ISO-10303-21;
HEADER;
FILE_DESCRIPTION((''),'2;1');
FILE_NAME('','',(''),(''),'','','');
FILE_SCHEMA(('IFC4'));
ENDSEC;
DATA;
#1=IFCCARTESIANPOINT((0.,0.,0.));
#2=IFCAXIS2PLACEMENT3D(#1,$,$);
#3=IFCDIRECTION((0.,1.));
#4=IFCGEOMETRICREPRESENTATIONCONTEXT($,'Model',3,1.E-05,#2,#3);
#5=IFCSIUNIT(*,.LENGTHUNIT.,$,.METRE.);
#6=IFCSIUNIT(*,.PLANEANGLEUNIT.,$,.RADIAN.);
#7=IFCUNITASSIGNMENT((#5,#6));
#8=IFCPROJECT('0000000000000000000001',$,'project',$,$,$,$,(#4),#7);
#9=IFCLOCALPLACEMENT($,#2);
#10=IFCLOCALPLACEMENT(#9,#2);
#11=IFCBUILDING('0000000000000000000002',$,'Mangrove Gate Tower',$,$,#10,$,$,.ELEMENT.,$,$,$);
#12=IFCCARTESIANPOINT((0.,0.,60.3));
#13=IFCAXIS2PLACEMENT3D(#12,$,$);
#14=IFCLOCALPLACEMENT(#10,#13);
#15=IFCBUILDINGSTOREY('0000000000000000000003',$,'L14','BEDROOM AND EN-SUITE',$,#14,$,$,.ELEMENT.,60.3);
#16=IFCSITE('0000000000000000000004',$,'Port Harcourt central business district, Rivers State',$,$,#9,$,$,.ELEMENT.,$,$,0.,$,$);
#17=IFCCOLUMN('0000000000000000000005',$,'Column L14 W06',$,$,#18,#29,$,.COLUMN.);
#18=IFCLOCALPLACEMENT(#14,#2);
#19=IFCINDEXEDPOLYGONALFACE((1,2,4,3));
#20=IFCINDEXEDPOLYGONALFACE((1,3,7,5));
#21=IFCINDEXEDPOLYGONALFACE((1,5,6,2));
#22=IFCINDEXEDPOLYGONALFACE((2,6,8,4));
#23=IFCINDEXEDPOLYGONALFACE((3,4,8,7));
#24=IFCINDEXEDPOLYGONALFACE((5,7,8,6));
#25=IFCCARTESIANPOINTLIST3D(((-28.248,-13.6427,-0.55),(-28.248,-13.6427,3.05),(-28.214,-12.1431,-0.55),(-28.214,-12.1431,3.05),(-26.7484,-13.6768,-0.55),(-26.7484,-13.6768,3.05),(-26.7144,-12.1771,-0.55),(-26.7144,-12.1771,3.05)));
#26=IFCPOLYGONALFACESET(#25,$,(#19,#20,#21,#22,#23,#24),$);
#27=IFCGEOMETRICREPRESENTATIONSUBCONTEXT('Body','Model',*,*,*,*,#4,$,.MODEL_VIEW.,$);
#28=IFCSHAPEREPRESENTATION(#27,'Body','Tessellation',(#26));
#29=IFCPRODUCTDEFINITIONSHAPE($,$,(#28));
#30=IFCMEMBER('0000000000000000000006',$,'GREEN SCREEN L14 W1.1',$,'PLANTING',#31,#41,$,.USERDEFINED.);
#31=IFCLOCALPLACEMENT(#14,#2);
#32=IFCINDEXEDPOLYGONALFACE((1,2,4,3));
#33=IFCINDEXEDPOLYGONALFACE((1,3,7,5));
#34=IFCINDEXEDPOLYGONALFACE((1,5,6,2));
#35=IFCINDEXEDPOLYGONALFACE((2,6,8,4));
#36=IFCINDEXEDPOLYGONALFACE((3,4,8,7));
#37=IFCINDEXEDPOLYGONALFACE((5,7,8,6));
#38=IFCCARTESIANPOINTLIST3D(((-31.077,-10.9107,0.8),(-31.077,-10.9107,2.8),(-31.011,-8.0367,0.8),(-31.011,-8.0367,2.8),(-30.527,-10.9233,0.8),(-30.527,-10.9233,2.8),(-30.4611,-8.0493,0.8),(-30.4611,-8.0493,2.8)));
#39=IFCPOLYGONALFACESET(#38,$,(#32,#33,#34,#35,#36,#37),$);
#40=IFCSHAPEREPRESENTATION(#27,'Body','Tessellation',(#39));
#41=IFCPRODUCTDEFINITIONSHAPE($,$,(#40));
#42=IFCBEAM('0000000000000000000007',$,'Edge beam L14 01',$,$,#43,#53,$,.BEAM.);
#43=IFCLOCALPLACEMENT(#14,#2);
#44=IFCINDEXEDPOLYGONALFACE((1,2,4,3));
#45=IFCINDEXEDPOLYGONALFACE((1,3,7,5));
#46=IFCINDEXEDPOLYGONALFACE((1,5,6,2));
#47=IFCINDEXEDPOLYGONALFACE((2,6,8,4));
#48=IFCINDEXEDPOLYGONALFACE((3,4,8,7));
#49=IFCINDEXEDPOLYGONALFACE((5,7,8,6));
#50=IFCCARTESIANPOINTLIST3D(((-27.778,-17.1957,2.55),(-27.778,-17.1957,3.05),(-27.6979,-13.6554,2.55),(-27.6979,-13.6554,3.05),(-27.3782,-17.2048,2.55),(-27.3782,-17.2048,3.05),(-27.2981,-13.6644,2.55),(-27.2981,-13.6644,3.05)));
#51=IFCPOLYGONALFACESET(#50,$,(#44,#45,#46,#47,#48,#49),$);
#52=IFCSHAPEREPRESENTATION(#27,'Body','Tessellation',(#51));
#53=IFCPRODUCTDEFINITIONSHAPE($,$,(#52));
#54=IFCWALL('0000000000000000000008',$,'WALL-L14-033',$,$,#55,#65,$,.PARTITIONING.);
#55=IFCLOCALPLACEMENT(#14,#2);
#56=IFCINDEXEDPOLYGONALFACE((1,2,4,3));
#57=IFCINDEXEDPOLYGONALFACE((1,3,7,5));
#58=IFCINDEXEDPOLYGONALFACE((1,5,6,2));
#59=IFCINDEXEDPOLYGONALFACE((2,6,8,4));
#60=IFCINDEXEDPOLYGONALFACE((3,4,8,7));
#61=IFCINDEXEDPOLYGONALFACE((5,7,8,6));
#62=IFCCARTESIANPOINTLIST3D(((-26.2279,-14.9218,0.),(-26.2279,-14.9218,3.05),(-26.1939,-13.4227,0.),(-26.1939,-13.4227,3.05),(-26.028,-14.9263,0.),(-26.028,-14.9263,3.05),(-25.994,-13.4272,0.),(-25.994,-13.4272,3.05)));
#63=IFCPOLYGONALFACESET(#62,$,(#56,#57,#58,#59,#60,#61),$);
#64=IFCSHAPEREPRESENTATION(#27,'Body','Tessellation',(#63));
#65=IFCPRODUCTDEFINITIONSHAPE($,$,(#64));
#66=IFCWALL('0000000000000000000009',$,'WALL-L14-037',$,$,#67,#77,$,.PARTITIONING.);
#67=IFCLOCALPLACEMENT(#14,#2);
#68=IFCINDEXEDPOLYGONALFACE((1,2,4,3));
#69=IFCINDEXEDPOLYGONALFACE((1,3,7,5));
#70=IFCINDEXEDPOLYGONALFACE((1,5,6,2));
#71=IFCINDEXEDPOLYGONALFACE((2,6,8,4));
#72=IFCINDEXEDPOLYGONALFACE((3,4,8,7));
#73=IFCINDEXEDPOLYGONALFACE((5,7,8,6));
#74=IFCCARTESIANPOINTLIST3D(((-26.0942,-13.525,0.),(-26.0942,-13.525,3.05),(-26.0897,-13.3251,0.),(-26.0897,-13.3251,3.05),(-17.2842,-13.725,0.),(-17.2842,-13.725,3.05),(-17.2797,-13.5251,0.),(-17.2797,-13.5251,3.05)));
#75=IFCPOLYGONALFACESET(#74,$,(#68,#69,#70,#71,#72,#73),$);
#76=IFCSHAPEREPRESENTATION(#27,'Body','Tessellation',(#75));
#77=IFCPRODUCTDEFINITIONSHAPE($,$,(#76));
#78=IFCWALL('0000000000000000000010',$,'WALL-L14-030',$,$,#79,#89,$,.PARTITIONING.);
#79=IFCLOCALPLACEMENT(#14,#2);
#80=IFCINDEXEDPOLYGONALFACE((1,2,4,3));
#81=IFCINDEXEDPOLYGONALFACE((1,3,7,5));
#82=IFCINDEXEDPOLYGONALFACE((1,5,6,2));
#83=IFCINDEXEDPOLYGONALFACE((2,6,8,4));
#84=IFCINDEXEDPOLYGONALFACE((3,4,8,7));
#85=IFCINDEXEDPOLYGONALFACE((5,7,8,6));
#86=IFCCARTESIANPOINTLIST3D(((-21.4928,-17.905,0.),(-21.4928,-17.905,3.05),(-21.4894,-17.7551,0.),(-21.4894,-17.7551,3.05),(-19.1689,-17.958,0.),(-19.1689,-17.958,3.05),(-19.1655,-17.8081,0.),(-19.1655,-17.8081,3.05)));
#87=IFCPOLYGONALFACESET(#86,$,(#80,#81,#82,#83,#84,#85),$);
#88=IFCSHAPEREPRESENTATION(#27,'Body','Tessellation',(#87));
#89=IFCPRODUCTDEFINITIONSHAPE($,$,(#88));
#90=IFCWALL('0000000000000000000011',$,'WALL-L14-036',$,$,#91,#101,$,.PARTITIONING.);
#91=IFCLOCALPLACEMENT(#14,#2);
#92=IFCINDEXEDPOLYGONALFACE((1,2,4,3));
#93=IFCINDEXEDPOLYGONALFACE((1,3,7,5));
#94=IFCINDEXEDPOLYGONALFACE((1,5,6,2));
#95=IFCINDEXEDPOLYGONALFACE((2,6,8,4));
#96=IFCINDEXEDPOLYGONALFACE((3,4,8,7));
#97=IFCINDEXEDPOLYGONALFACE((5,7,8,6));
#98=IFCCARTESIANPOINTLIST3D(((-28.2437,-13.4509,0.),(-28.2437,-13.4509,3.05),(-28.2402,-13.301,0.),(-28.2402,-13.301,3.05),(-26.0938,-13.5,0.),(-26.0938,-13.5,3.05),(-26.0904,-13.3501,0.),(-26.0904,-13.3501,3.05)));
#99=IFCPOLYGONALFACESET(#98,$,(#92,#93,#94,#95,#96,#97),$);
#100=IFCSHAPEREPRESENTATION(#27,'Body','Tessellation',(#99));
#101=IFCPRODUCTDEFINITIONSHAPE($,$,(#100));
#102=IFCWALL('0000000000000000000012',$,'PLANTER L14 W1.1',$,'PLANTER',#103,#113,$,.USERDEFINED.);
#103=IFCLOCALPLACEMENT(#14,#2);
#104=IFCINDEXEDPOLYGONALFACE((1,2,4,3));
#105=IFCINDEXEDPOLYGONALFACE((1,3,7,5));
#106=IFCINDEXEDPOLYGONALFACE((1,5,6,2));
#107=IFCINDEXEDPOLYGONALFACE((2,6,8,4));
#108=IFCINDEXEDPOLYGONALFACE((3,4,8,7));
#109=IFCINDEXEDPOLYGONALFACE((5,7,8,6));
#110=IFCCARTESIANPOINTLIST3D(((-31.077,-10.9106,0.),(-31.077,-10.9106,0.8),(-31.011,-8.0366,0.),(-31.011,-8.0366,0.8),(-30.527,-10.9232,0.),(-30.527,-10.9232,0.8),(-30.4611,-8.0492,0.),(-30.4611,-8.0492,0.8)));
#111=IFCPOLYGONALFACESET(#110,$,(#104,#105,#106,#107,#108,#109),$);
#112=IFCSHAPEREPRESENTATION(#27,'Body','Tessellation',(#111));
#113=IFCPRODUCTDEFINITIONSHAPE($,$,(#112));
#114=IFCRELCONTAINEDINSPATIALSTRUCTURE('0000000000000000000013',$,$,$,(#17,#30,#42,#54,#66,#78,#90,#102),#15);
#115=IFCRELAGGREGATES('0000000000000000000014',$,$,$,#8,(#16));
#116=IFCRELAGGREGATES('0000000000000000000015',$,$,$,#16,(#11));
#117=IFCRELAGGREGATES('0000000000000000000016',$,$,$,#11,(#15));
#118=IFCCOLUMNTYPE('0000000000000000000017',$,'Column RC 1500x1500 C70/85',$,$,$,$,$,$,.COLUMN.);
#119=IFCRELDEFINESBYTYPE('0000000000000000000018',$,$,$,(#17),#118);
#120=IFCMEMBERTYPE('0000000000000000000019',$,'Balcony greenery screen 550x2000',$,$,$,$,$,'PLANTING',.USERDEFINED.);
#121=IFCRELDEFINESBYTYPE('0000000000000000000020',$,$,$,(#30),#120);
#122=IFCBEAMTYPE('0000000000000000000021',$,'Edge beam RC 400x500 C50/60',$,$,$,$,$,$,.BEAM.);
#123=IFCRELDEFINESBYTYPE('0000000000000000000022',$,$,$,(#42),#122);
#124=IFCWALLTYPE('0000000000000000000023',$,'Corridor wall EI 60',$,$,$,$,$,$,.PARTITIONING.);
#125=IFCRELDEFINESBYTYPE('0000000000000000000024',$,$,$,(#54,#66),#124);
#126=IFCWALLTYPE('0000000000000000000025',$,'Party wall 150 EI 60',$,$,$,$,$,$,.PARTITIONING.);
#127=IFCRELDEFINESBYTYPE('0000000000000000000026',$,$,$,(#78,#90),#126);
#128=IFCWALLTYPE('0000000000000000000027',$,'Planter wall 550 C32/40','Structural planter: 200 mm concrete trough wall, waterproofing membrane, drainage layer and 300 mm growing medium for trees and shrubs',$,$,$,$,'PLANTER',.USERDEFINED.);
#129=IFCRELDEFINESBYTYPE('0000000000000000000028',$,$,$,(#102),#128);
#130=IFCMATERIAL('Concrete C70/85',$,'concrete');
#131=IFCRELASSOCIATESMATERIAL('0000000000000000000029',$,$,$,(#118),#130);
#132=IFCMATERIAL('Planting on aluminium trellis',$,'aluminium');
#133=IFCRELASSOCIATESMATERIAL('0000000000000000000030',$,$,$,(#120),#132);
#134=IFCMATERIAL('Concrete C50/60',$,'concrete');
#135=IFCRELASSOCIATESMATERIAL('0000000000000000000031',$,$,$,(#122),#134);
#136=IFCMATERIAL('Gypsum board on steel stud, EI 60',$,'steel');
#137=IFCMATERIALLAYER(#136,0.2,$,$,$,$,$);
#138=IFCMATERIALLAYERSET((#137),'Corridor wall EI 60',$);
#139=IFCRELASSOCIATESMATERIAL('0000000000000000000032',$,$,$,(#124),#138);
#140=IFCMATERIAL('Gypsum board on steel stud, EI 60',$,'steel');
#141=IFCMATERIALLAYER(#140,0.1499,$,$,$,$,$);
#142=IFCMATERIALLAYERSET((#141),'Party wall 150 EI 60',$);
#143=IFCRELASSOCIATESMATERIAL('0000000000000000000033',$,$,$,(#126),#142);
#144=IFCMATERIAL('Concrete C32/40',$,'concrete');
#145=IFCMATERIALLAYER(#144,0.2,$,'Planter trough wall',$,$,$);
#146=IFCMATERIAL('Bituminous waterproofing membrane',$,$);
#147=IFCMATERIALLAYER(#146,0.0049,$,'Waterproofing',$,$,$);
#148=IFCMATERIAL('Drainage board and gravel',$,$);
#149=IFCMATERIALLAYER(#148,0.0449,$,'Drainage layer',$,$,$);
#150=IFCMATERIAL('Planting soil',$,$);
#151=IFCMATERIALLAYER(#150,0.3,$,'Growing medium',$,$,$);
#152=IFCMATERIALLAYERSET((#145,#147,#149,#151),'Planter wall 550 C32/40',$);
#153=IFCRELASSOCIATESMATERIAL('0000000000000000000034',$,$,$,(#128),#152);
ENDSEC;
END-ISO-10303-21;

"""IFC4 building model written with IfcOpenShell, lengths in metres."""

from ifc_helpers import new_model, si_unit, direction, frame, frame_2d, origin, origin_2d, place, context, subcontext, project, spatial, rectangle, extrude, material, layer, layer_set, material_profile, profile_set, type_object, element, save


model = new_model("IFC4")

# Units and contexts
model_context = context("Model", 3, precision=1e-05, world=origin(), true_north=direction((0.0, 1.0)))
body_context = subcontext(model_context, "Body", "Model", "MODEL_VIEW")
ifc_project = project(units=[si_unit("LENGTHUNIT", "METRE"), si_unit("PLANEANGLEUNIT", "RADIAN")], contexts=[model_context])

# Site, building, storey
site_placement = place(None, origin())
site = spatial("IfcSite", under=ifc_project, at=site_placement, Name="Port Harcourt central business district, Rivers State", CompositionType="ELEMENT", RefElevation=0.0)
building_placement = place(site_placement, origin())
building = spatial("IfcBuilding", under=site, at=building_placement, Name="Mangrove Gate Tower", CompositionType="ELEMENT")
storey_placement = place(building_placement, frame((0.0, 0.0, 60.3)))
storey = spatial("IfcBuildingStorey", under=building, at=storey_placement, Name="L14", Description="BEDROOM AND EN-SUITE", CompositionType="ELEMENT", Elevation=60.3)

# Column
ifc_material_1 = material(Name="Concrete C70/85", Category="concrete")
ifc_material_profile_1 = material_profile(ifc_material_1, rectangle(XDim=1.5, YDim=1.5, at=origin_2d()))
ifc_profile_set_1 = profile_set([ifc_material_profile_1], Name="Concrete C70/85")
column_type = type_object("IfcColumnType", Name="Column RC 1500x1500 C70/85", PredefinedType="COLUMN", material=ifc_profile_set_1)
column_placement = place(storey_placement, frame((-27.4812, -12.9099, -0.55), z_axis=(0.0, 0.0, 1.0), x_axis=(-0.022712, -0.999742, 0.0)))
element("IfcColumn", 1, at=column_placement, inside=storey, type_object=column_type, Name="Column L14 W06", PredefinedType="COLUMN", context=body_context, shape_type="SweptSolid", body=[
    extrude(rectangle(XDim=1.5, YDim=1.5, at=origin_2d()), origin(), (0.0, 0.0, 1.0), 3.6001),
])

# Member
ifc_material_2 = material(Name="Planting on aluminium trellis", Category="aluminium")
ifc_material_profile_2 = material_profile(ifc_material_2, rectangle(XDim=0.55, YDim=2.0, at=origin_2d()))
ifc_profile_set_2 = profile_set([ifc_material_profile_2], Name="Planting on aluminium trellis")
member_type = type_object("IfcMemberType", Name="Balcony greenery screen 550x2000", ElementType="PLANTING", PredefinedType="USERDEFINED", material=ifc_profile_set_2)
member_placement = place(storey_placement, frame((-30.802, -10.917, 1.8), z_axis=(0.02293, 0.999737, 0.0), x_axis=(-0.999737, 0.02293, 0.0)))
element("IfcMember", 2, at=member_placement, inside=storey, type_object=member_type, Name="GREEN SCREEN L14 W1.1", ObjectType="PLANTING", PredefinedType="USERDEFINED", context=body_context, shape_type="SweptSolid", body=[
    extrude(rectangle(XDim=0.55, YDim=2.0, at=origin_2d()), origin(), (0.0, 0.0, 1.0), 2.8748),
])

# Beam
ifc_material_3 = material(Name="Concrete C50/60", Category="concrete")
ifc_material_profile_3 = material_profile(ifc_material_3, rectangle(XDim=0.3999, YDim=0.5, at=origin_2d()))
ifc_profile_set_3 = profile_set([ifc_material_profile_3], Name="Concrete C50/60")
beam_type = type_object("IfcBeamType", Name="Edge beam RC 400x500 C50/60", PredefinedType="BEAM", material=ifc_profile_set_3)
beam_placement = place(storey_placement, frame((-27.498, -13.6599, 2.8), z_axis=(-0.022613, -0.999744, 0.0), x_axis=(0.999744, -0.022613, 0.0)))
element("IfcBeam", 3, at=beam_placement, inside=storey, type_object=beam_type, Name="Edge beam L14 01", PredefinedType="BEAM", context=body_context, shape_type="SweptSolid", body=[
    extrude(rectangle(XDim=0.3999, YDim=0.5, at=origin_2d()), origin(), (0.0, 0.0, 1.0), 3.5413),
])

# Wall
ifc_material_4 = material(Name="Gypsum board on steel stud, EI 60", Category="steel")
ifc_layer_1 = layer(ifc_material_4, 0.2)
ifc_layer_set_1 = layer_set([ifc_layer_1], Name="Corridor wall EI 60")
wall_type_1 = type_object("IfcWallType", Name="Corridor wall EI 60", PredefinedType="PARTITIONING", material=ifc_layer_set_1)
wall_1_placement = place(storey_placement, frame((-26.1279, -14.9241, 0.0), z_axis=(0.0, 0.0, 1.0), x_axis=(0.022633, 0.999744, 0.0)))
element("IfcWall", 4, at=wall_1_placement, inside=storey, type_object=wall_type_1, Name="WALL-L14-033", PredefinedType="PARTITIONING", context=body_context, shape_type="SweptSolid", body=[
    extrude(rectangle(XDim=1.4995, YDim=0.2, at=frame_2d((0.7498, 0.0))), origin(), (0.0, 0.0, 1.0), 3.05),
])

# Walls
wall_2_placement = place(storey_placement, frame((-26.092, -13.425, 0.0), z_axis=(0.0, 0.0, 1.0), x_axis=(0.999743, -0.02269, 0.0)))
element("IfcWall", 5, at=wall_2_placement, inside=storey, type_object=wall_type_1, Name="WALL-L14-037", PredefinedType="PARTITIONING", context=body_context, shape_type="SweptSolid", body=[
    extrude(rectangle(XDim=8.8123, YDim=0.2, at=frame_2d((4.4062, 0.0))), origin(), (0.0, 0.0, 1.0), 3.05),
])
ifc_material_5 = material(Name="Gypsum board on steel stud, EI 60", Category="steel")
ifc_layer_2 = layer(ifc_material_5, 0.1499)
ifc_layer_set_2 = layer_set([ifc_layer_2], Name="Party wall 150 EI 60")
wall_type_2 = type_object("IfcWallType", Name="Party wall 150 EI 60", PredefinedType="PARTITIONING", material=ifc_layer_set_2)
wall_3_placement = place(storey_placement, frame((-21.491, -17.8301, 0.0), z_axis=(0.0, 0.0, 1.0), x_axis=(0.99974, -0.022791, 0.0)))
element("IfcWall", 6, at=wall_3_placement, inside=storey, type_object=wall_type_2, Name="WALL-L14-030", PredefinedType="PARTITIONING", context=body_context, shape_type="SweptSolid", body=[
    extrude(rectangle(XDim=2.3245, YDim=0.1499, at=frame_2d((1.1621, 0.0))), origin(), (0.0, 0.0, 1.0), 3.05),
])
wall_4_placement = place(storey_placement, frame((-28.2419, -13.376, 0.0), z_axis=(0.0, 0.0, 1.0), x_axis=(0.99974, -0.022819, 0.0)))
element("IfcWall", 7, at=wall_4_placement, inside=storey, type_object=wall_type_2, Name="WALL-L14-036", PredefinedType="PARTITIONING", context=body_context, shape_type="SweptSolid", body=[
    extrude(rectangle(XDim=2.1504, YDim=0.1499, at=frame_2d((1.0752, 0.0))), origin(), (0.0, 0.0, 1.0), 3.05),
])
ifc_material_6 = material(Name="Concrete C32/40", Category="concrete")
ifc_layer_3 = layer(ifc_material_6, 0.2, Name="Planter trough wall")
ifc_material_7 = material(Name="Bituminous waterproofing membrane")
ifc_layer_4 = layer(ifc_material_7, 0.0049, Name="Waterproofing")
ifc_material_8 = material(Name="Drainage board and gravel")
ifc_layer_5 = layer(ifc_material_8, 0.0449, Name="Drainage layer")
ifc_material_9 = material(Name="Planting soil")
ifc_layer_6 = layer(ifc_material_9, 0.3, Name="Growing medium")
ifc_layer_set_3 = layer_set([ifc_layer_3, ifc_layer_4, ifc_layer_5, ifc_layer_6], Name="Planter wall 550 C32/40")
wall_type_3 = type_object("IfcWallType", Name="Planter wall 550 C32/40", Description="Structural planter: 200 mm concrete trough wall, waterproofing membrane, drainage layer and 300 mm growing medium for trees and shrubs", ElementType="PLANTER", PredefinedType="USERDEFINED", material=ifc_layer_set_3)
wall_5_placement = place(storey_placement, frame((-30.802, -10.917, 0.0), z_axis=(0.0, 0.0, 1.0), x_axis=(0.02293, 0.999737, 0.0)))
element("IfcWall", 8, at=wall_5_placement, inside=storey, type_object=wall_type_3, Name="PLANTER L14 W1.1", ObjectType="PLANTER", PredefinedType="USERDEFINED", context=body_context, shape_type="SweptSolid", body=[
    extrude(rectangle(XDim=2.8748, YDim=0.55, at=frame_2d((1.4375, 0.0))), origin(), (0.0, 0.0, 1.0), 0.8),
])

save(model, "model.ifc")
